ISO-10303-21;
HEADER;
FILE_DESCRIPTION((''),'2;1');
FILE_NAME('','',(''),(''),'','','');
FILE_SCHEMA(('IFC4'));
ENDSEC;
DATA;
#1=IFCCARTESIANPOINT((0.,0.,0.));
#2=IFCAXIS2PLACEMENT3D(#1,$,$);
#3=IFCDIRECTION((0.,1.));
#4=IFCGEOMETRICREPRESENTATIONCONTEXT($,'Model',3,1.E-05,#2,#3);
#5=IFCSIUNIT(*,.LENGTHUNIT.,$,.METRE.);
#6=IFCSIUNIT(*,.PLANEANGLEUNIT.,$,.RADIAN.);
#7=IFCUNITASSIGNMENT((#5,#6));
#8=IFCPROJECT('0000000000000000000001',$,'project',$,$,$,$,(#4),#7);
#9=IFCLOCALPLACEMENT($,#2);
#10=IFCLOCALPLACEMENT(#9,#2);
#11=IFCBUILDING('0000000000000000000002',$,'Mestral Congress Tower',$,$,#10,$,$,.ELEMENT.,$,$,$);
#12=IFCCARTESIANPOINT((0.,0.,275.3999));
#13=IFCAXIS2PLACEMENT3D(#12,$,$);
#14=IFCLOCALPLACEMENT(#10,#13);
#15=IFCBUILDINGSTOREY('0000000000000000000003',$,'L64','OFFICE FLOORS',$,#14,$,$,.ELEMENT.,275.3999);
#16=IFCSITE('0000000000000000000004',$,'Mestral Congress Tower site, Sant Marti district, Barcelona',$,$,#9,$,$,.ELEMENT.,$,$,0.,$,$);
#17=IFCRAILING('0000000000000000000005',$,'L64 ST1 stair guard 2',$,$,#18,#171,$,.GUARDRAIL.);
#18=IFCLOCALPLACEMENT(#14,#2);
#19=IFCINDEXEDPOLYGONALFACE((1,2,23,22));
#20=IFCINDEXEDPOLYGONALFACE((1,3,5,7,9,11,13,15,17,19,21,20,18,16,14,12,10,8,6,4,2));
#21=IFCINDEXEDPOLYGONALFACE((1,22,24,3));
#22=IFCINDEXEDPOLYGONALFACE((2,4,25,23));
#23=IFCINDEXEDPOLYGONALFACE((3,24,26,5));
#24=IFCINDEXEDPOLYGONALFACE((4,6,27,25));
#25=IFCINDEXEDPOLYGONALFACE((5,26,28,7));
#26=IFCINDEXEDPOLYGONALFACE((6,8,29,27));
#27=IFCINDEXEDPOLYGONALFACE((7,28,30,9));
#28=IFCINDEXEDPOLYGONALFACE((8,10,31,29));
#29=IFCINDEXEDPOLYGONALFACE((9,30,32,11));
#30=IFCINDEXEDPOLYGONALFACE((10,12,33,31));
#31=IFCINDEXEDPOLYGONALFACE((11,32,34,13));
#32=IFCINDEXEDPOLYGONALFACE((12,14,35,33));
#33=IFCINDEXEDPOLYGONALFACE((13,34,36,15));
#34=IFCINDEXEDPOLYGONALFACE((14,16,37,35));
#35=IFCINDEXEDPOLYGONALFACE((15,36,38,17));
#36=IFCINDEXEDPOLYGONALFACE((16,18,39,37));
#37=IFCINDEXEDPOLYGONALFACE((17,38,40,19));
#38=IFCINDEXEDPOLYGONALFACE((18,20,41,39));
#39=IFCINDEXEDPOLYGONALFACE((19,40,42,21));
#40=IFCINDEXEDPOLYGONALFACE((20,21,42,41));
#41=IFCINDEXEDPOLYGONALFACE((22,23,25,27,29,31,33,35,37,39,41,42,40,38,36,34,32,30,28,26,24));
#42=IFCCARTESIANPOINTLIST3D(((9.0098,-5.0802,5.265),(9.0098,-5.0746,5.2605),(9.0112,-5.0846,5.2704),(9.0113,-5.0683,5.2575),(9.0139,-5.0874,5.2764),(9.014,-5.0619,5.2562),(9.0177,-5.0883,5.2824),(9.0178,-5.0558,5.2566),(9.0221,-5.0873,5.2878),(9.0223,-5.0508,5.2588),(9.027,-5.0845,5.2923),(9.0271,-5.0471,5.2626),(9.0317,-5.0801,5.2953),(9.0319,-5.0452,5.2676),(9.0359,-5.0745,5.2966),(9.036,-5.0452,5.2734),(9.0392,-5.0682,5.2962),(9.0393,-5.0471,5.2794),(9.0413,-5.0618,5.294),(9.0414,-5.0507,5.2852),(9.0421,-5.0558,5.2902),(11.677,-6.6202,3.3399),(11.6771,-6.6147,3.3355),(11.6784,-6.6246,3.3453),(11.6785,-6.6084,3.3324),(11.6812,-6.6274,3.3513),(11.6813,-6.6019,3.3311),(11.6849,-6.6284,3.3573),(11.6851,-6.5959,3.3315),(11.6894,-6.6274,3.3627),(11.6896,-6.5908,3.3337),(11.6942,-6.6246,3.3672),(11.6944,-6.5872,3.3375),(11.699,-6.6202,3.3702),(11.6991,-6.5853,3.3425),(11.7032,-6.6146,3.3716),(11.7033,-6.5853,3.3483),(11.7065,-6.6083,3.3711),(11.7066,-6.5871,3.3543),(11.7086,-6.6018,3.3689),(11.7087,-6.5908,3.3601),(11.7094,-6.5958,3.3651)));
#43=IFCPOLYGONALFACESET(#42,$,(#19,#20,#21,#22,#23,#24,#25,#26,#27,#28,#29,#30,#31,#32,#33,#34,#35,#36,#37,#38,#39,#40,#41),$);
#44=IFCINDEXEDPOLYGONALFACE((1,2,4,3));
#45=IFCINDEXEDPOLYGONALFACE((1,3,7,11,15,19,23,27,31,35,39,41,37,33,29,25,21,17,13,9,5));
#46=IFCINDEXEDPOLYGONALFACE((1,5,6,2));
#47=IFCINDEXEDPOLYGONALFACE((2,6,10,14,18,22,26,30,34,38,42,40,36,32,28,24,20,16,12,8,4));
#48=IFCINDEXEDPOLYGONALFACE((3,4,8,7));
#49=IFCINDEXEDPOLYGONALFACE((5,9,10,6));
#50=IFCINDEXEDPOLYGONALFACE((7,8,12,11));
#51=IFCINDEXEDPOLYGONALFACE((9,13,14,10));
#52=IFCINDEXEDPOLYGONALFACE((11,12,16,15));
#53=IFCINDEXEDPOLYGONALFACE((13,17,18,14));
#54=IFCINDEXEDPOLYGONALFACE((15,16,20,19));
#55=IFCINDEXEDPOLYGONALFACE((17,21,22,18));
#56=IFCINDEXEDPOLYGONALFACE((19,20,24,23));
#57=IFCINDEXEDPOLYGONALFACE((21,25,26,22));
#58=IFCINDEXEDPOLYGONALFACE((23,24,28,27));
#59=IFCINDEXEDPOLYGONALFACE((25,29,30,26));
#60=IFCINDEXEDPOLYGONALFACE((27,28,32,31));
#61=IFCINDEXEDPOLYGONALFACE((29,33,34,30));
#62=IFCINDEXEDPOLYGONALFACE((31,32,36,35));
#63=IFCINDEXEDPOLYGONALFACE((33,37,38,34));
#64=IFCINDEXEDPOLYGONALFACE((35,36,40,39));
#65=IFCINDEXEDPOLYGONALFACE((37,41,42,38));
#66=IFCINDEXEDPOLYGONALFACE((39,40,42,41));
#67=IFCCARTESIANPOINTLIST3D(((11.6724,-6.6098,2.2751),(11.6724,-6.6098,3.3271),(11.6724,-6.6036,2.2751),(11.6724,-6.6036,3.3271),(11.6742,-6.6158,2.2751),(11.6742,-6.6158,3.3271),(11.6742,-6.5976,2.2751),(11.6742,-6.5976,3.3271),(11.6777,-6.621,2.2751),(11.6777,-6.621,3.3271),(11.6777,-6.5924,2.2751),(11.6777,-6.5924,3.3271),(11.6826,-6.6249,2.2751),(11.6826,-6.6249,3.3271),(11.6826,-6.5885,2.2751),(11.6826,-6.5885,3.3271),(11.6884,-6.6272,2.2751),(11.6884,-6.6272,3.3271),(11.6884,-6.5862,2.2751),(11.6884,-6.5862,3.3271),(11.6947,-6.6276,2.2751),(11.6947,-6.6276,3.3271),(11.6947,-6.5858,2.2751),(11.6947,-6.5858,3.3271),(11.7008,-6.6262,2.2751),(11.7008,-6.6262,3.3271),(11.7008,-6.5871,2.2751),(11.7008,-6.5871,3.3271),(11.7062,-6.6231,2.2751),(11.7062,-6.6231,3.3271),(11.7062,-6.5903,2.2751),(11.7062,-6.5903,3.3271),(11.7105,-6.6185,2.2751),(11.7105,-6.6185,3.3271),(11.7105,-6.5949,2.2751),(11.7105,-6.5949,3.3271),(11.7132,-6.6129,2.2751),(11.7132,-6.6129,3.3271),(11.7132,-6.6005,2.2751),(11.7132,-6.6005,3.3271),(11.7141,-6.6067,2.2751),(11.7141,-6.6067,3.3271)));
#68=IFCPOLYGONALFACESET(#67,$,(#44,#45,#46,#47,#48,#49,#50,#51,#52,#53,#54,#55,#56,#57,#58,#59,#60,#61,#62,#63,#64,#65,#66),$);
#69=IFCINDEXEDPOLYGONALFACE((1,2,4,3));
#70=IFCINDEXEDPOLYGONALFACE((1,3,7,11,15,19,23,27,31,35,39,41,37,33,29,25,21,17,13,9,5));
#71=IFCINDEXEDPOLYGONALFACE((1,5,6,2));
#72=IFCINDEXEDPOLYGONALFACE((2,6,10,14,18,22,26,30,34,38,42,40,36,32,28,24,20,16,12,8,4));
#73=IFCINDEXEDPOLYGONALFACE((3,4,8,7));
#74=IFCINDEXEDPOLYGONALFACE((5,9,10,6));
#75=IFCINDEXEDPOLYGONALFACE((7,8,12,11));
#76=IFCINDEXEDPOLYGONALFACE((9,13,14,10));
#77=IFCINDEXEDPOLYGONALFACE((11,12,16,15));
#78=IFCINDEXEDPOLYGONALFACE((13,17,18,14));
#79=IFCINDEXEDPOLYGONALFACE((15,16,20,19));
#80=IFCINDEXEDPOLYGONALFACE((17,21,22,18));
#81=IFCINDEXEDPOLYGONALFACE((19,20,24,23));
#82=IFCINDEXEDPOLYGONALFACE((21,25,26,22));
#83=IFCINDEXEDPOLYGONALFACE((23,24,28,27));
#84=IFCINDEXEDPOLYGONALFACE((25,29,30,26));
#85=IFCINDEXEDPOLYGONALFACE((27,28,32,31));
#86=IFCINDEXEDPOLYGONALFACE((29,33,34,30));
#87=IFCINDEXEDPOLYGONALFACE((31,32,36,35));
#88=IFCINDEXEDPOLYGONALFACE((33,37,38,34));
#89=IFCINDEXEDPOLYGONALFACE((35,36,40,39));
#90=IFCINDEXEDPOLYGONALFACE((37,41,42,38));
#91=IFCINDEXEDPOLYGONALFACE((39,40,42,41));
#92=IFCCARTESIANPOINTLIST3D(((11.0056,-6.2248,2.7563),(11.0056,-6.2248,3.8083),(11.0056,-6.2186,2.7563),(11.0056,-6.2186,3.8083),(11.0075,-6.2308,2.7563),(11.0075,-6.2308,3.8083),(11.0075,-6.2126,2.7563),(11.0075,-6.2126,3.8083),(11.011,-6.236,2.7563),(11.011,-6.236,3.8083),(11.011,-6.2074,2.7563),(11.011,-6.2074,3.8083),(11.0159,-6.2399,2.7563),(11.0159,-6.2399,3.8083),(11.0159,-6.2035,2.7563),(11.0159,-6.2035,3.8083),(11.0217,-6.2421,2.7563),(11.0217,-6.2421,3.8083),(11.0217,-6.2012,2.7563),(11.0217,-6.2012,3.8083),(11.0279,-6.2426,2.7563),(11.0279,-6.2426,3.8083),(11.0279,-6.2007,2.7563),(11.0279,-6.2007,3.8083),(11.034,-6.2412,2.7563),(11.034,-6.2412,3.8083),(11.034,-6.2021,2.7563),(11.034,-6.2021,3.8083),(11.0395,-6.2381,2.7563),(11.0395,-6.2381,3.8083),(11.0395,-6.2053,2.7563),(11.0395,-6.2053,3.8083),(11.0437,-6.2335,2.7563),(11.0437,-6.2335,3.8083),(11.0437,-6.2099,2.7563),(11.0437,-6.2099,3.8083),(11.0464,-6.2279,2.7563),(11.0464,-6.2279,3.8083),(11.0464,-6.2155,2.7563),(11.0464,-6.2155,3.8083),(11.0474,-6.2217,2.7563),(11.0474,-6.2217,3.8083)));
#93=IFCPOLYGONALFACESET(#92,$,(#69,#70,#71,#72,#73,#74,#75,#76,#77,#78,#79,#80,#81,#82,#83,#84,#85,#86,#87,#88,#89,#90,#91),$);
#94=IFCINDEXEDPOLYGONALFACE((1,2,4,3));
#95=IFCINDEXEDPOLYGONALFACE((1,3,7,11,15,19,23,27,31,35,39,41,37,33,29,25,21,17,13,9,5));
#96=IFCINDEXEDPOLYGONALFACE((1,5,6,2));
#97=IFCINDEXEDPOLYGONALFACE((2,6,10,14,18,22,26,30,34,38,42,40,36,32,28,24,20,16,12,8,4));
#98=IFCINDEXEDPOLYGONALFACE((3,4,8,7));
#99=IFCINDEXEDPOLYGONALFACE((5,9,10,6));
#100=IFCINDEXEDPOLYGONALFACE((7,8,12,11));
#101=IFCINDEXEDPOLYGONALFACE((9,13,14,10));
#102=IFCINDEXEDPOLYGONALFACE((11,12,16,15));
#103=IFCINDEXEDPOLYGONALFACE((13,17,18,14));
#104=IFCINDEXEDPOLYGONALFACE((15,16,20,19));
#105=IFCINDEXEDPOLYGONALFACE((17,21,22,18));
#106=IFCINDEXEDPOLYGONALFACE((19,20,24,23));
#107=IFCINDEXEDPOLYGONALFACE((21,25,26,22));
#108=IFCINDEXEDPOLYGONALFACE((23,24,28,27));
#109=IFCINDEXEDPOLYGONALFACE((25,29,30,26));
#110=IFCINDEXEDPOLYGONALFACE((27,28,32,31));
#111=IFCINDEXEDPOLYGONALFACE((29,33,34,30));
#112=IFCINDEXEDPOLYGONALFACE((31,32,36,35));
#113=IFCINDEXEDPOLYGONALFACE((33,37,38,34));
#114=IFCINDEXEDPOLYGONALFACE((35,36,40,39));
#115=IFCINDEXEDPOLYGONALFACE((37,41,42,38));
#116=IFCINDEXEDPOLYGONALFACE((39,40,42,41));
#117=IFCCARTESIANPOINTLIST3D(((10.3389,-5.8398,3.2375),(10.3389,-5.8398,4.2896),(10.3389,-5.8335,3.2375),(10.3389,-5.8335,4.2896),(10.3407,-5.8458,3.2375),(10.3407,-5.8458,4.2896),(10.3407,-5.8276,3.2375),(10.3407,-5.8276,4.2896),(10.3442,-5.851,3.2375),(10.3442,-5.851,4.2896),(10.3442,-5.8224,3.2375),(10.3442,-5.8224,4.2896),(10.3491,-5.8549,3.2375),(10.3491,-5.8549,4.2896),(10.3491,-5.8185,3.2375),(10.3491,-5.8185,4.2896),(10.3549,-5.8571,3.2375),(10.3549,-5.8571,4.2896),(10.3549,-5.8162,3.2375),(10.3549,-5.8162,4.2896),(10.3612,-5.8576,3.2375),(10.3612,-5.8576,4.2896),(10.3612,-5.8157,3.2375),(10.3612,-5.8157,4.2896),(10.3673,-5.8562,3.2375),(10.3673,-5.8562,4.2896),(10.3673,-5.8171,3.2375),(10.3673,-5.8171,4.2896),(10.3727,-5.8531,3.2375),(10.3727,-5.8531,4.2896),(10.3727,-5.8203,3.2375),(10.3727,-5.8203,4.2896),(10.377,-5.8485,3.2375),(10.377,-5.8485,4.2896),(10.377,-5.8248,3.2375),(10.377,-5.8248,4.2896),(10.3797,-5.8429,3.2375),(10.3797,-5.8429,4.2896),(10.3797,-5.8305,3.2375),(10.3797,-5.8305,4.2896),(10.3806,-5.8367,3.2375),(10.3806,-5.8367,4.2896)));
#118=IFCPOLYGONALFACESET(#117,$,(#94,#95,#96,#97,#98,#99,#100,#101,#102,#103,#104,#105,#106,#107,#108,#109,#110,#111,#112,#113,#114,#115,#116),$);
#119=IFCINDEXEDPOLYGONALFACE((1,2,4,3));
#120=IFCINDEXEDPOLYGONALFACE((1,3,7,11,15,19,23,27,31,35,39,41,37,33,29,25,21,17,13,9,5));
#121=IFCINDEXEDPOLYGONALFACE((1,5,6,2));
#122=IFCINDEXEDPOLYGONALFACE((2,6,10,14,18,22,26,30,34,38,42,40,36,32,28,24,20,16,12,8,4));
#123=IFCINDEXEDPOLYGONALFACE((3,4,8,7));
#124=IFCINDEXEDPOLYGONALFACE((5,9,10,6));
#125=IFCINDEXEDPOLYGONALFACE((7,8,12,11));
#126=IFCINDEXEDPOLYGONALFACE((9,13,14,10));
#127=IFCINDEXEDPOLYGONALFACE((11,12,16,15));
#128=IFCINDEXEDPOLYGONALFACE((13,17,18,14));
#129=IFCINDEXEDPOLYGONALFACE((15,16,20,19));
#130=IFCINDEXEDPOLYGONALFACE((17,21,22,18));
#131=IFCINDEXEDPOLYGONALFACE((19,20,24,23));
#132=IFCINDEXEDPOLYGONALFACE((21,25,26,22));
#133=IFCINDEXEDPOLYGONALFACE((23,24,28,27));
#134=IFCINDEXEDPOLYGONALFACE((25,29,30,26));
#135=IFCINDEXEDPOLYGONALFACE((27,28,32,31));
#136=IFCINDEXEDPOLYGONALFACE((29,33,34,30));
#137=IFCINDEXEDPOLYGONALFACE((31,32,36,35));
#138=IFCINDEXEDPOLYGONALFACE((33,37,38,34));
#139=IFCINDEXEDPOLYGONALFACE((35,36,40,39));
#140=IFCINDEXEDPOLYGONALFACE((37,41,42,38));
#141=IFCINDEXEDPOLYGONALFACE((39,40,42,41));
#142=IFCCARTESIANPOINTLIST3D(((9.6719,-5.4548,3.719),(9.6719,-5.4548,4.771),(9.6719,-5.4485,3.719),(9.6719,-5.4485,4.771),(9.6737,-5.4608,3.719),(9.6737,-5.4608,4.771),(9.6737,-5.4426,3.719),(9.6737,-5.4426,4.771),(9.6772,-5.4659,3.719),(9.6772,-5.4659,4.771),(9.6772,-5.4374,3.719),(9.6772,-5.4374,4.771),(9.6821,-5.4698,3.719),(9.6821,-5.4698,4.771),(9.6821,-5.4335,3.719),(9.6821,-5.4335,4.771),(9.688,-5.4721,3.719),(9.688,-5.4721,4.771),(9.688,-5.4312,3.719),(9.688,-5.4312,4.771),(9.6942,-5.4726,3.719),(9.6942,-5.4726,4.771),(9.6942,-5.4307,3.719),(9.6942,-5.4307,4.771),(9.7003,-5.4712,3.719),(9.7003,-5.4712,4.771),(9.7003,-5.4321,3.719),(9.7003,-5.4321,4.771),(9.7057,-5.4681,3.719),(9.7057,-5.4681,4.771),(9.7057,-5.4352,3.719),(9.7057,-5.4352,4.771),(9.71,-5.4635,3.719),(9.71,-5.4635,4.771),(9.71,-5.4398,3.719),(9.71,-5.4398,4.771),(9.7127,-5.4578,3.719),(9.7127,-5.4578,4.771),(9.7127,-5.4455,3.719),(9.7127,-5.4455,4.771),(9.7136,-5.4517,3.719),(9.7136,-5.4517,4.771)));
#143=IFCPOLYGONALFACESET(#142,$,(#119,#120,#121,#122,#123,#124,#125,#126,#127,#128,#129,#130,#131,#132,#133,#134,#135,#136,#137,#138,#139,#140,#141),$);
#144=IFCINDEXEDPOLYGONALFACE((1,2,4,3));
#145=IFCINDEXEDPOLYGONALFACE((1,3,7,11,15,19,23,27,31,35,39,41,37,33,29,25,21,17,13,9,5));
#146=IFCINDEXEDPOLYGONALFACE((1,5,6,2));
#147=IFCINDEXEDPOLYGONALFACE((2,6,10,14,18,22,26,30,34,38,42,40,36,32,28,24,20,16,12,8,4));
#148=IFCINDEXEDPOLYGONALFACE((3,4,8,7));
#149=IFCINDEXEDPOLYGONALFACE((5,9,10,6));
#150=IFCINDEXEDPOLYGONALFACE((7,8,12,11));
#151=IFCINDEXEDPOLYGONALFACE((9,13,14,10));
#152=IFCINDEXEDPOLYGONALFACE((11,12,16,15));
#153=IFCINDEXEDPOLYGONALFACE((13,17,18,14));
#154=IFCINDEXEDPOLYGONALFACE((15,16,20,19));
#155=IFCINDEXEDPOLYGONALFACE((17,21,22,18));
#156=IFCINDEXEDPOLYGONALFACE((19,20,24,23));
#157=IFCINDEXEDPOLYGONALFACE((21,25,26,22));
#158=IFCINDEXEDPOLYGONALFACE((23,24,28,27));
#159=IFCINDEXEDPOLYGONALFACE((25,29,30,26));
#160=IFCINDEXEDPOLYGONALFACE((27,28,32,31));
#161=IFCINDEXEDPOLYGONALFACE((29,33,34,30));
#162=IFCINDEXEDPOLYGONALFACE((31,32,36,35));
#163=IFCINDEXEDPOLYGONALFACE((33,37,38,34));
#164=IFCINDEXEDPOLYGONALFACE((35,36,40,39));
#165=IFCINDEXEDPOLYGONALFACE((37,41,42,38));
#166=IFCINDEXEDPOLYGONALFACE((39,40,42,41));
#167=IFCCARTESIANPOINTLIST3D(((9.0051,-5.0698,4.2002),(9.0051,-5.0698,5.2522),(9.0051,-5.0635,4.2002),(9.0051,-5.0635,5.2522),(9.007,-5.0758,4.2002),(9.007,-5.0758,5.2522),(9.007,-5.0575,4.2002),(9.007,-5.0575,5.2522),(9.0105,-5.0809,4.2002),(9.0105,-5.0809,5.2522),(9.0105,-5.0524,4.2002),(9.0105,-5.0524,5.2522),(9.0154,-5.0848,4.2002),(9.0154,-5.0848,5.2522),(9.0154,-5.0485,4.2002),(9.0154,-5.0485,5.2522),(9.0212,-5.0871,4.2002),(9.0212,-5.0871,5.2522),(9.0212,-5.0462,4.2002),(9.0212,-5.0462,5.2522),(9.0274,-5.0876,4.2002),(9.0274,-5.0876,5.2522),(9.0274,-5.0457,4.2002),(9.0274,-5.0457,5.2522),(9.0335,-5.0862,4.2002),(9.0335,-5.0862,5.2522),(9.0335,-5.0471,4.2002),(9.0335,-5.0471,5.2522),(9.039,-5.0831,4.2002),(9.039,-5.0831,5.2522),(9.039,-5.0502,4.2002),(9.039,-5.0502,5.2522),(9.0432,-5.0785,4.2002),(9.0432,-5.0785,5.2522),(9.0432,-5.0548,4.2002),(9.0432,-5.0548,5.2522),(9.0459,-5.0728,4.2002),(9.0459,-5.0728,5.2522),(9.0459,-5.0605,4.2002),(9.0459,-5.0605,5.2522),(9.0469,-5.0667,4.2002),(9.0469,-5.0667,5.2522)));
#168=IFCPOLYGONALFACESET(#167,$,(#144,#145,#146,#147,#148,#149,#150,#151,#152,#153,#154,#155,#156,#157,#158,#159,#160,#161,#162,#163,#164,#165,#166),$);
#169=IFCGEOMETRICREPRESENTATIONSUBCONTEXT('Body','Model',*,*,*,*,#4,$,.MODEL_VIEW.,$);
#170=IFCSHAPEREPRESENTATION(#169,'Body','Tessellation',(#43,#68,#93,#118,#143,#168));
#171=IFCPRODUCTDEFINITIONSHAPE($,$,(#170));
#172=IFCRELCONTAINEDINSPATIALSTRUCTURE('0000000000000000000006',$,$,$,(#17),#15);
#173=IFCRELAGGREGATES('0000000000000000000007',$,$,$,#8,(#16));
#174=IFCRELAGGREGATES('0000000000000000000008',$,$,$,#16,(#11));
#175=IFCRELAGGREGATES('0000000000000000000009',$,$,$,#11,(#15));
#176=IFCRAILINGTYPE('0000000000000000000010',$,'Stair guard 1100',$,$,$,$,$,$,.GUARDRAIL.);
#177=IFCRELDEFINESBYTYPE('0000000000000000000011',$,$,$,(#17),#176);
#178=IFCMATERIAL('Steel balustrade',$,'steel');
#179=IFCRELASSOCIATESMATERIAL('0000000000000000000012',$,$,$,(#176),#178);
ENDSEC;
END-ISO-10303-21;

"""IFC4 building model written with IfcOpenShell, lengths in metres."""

from ifc_helpers import new_model, si_unit, direction, frame, origin, origin_2d, place, context, subcontext, project, spatial, circle, extrude, material, type_object, element, save


model = new_model("IFC4")

# Units and contexts
model_context = context("Model", 3, precision=1e-05, world=origin(), true_north=direction((0.0, 1.0)))
body_context = subcontext(model_context, "Body", "Model", "MODEL_VIEW")
ifc_project = project(units=[si_unit("LENGTHUNIT", "METRE"), si_unit("PLANEANGLEUNIT", "RADIAN")], contexts=[model_context])

# Site, building, storey
site_placement = place(None, origin())
site = spatial("IfcSite", under=ifc_project, at=site_placement, Name="Mestral Congress Tower site, Sant Marti district, Barcelona", CompositionType="ELEMENT", RefElevation=0.0)
building_placement = place(site_placement, origin())
building = spatial("IfcBuilding", under=site, at=building_placement, Name="Mestral Congress Tower", CompositionType="ELEMENT")
storey_placement = place(building_placement, frame((0.0, 0.0, 275.3999)))
storey = spatial("IfcBuildingStorey", under=building, at=storey_placement, Name="L64", Description="OFFICE FLOORS", CompositionType="ELEMENT", Elevation=275.3999)

# Railing
ifc_material_1 = material(Name="Steel balustrade", Category="steel")
railing_type = type_object("IfcRailingType", Name="Stair guard 1100", PredefinedType="GUARDRAIL", material=ifc_material_1)
railing_placement = place(storey_placement, frame((11.6931, -6.6067, 2.2751)))
element("IfcRailing", 1, at=railing_placement, inside=storey, type_object=railing_type, Name="L64 ST1 stair guard 2", PredefinedType="GUARDRAIL", context=body_context, shape_type="SweptSolid", body=[
    extrude(circle(Radius=0.0239, at=origin_2d()), frame((0.0, 0.0, 1.0762), z_axis=(-0.734364, 0.424015, 0.530019), x_axis=(-0.500027, -0.86601, 0.0)), (0.0, 0.0, 1.0), 3.6321),
    extrude(circle(Radius=0.021, at=origin_2d()), origin(), (0.0, 0.0, 1.0), 1.052),
    extrude(circle(Radius=0.021, at=origin_2d()), frame((-0.6667, 0.385, 0.4812)), (0.0, 0.0, 1.0), 1.052),
    extrude(circle(Radius=0.021, at=origin_2d()), frame((-1.3335, 0.77, 0.9624)), (0.0, 0.0, 1.0), 1.052),
    extrude(circle(Radius=0.021, at=origin_2d()), frame((-2.0005, 1.155, 1.4438)), (0.0, 0.0, 1.0), 1.052),
    extrude(circle(Radius=0.021, at=origin_2d()), frame((-2.6672, 1.54, 1.925)), (0.0, 0.0, 1.0), 1.052),
])

save(model, "model.ifc")
